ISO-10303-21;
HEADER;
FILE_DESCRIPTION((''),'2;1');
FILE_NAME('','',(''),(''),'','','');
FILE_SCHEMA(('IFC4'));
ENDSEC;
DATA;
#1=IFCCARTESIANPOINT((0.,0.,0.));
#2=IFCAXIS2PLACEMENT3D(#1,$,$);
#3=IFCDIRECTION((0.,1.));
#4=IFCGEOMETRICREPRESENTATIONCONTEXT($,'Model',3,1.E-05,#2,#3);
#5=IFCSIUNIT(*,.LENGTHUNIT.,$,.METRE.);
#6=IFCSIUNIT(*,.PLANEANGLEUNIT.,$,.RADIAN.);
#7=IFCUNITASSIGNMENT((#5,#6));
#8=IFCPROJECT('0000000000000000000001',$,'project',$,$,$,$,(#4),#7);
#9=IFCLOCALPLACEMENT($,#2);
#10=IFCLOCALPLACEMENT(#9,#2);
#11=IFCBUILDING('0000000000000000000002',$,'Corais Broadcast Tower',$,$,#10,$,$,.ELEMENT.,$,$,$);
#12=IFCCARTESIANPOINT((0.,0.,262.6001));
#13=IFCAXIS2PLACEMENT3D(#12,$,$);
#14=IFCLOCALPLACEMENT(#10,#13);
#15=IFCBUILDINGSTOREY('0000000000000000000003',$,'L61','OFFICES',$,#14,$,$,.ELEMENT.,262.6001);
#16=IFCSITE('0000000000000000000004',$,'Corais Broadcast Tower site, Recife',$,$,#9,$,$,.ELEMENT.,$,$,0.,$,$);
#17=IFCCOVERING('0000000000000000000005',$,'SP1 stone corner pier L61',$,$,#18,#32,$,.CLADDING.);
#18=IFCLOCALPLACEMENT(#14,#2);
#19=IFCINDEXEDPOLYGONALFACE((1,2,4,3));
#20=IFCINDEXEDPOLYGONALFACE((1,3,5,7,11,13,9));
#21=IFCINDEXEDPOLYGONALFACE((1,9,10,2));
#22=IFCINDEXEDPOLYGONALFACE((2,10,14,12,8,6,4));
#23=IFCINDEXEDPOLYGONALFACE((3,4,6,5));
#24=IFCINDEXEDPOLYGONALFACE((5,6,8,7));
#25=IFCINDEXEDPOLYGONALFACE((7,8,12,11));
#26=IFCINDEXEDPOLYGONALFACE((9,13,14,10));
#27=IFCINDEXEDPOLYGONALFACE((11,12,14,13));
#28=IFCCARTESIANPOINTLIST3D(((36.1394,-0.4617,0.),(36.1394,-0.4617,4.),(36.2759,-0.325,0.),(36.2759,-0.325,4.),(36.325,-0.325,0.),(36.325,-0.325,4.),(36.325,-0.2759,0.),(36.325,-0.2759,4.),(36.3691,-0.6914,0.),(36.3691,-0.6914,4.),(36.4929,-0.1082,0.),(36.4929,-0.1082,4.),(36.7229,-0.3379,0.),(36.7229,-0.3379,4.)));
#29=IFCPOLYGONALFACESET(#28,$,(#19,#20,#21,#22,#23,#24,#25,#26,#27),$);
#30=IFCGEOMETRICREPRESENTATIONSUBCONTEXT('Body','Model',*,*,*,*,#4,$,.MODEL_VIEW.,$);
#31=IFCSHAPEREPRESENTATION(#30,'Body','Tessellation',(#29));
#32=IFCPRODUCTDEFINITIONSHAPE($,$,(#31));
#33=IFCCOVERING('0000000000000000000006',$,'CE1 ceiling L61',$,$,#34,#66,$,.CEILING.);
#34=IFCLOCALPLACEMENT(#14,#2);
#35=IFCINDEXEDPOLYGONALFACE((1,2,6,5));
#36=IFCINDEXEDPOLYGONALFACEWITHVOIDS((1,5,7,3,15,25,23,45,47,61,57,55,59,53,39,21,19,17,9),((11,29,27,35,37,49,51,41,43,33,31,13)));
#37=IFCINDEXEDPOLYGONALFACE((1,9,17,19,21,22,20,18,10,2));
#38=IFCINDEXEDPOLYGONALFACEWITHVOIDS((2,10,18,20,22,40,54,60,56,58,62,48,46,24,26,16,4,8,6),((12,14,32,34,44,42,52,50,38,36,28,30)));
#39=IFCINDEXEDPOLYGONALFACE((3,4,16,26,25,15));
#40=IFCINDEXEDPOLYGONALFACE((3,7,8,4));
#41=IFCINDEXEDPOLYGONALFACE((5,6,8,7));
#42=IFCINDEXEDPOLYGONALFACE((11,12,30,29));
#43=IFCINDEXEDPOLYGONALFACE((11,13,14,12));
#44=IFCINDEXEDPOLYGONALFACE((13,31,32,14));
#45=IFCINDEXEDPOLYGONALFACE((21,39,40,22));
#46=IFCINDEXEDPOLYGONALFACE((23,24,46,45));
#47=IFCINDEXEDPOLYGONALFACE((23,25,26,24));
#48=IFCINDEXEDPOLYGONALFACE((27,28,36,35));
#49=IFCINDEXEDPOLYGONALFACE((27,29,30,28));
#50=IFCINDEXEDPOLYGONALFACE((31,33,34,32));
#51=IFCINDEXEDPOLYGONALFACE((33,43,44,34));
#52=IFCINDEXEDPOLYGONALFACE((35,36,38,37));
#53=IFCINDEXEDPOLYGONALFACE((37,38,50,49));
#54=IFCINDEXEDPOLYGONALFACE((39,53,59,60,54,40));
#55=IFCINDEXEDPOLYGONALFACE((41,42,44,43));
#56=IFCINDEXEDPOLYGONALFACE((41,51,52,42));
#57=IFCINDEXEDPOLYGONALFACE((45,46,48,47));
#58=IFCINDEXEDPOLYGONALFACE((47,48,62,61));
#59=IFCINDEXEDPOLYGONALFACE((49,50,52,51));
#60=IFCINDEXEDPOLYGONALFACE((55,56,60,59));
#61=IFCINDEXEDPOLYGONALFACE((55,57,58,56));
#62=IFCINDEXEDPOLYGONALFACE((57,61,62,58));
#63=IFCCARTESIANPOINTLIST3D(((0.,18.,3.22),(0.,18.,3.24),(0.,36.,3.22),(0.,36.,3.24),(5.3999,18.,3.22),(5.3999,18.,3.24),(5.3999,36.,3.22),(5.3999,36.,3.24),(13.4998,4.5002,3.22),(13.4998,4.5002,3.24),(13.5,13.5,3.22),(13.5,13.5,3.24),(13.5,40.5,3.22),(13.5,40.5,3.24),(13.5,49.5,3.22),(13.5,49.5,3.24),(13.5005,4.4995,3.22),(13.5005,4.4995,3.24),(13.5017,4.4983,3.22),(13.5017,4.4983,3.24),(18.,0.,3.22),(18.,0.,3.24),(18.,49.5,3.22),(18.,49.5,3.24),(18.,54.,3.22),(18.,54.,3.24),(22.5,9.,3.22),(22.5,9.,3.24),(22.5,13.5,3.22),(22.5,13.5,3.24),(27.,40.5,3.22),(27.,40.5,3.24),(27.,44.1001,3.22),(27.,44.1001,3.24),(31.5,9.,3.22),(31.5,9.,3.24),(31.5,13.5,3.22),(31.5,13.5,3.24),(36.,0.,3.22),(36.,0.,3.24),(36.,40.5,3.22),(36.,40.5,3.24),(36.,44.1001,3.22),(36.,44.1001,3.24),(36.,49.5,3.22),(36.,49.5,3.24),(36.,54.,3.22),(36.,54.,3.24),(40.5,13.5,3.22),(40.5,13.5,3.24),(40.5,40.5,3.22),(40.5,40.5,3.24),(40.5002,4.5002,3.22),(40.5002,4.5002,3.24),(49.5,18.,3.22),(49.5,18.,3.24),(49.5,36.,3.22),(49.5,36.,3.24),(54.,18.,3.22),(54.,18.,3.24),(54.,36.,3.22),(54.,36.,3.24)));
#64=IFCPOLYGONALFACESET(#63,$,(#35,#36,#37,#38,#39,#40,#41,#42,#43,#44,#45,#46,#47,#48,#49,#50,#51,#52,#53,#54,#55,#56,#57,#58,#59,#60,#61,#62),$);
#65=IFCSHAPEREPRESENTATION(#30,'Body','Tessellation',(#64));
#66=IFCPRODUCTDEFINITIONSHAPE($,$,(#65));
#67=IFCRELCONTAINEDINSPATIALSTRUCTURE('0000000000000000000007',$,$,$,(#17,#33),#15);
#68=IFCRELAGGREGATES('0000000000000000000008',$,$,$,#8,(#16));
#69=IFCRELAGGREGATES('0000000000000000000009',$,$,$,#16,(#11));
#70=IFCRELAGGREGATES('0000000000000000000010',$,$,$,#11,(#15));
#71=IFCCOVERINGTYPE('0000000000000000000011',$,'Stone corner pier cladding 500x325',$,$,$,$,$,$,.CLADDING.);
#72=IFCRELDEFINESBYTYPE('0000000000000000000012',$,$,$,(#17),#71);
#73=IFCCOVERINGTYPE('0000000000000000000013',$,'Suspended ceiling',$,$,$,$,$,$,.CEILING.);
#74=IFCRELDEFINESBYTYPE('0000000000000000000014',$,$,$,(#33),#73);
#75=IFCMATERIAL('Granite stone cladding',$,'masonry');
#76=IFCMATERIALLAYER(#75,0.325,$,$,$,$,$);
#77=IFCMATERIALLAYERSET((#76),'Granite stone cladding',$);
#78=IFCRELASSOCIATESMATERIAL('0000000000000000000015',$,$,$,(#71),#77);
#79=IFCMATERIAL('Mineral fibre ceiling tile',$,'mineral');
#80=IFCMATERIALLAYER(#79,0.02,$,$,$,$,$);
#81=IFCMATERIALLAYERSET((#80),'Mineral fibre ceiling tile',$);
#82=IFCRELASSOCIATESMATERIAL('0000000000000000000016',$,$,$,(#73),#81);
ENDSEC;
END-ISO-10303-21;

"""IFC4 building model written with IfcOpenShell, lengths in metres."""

from ifc_helpers import new_model, si_unit, direction, frame, origin, place, context, subcontext, project, spatial, polyline, outline, extrude, material, layer, layer_set, type_object, element, save


model = new_model("IFC4")

# Units and contexts
model_context = context("Model", 3, precision=1e-05, world=origin(), true_north=direction((0.0, 1.0)))
body_context = subcontext(model_context, "Body", "Model", "MODEL_VIEW")
ifc_project = project(units=[si_unit("LENGTHUNIT", "METRE"), si_unit("PLANEANGLEUNIT", "RADIAN")], contexts=[model_context])

# Site, building, storey
site_placement = place(None, origin())
site = spatial("IfcSite", under=ifc_project, at=site_placement, Name="Corais Broadcast Tower site, Recife", CompositionType="ELEMENT", RefElevation=0.0)
building_placement = place(site_placement, origin())
building = spatial("IfcBuilding", under=site, at=building_placement, Name="Corais Broadcast Tower", CompositionType="ELEMENT")
storey_placement = place(building_placement, frame((0.0, 0.0, 262.6001)))
storey = spatial("IfcBuildingStorey", under=building, at=storey_placement, Name="L61", Description="OFFICES", CompositionType="ELEMENT", Elevation=262.6001)

# Coverings
ifc_material_1 = material(Name="Granite stone cladding", Category="masonry")
ifc_layer_1 = layer(ifc_material_1, 0.325)
ifc_layer_set_1 = layer_set([ifc_layer_1], Name="Granite stone cladding")
covering_type_1 = type_object("IfcCoveringType", Name="Stone corner pier cladding 500x325", PredefinedType="CLADDING", material=ifc_layer_set_1)
covering_1_placement = place(storey_placement, origin())
element("IfcCovering", 1, at=covering_1_placement, inside=storey, type_object=covering_type_1, Name="SP1 stone corner pier L61", PredefinedType="CLADDING", context=body_context, shape_type="SweptSolid", body=[
    extrude(outline(polyline([(36.2759, -0.325), (36.1394, -0.4617), (36.3691, -0.6914), (36.7229, -0.3379), (36.4929, -0.1082), (36.325, -0.2759), (36.325, -0.325), (36.2759, -0.325)])), origin(), (0.0, 0.0, 1.0), 4.0),
])
ifc_material_2 = material(Name="Mineral fibre ceiling tile", Category="mineral")
ifc_layer_2 = layer(ifc_material_2, 0.02)
ifc_layer_set_2 = layer_set([ifc_layer_2], Name="Mineral fibre ceiling tile")
covering_type_2 = type_object("IfcCoveringType", Name="Suspended ceiling", PredefinedType="CEILING", material=ifc_layer_set_2)
covering_2_placement = place(storey_placement, frame((0.0, 0.0, 3.22)))
element("IfcCovering", 2, at=covering_2_placement, inside=storey, type_object=covering_type_2, Name="CE1 ceiling L61", PredefinedType="CEILING", context=body_context, shape_type="SweptSolid", body=[
    extrude(outline(polyline([(13.5, 49.5), (18.0, 54.0), (18.0, 49.5), (36.0, 49.5), (36.0, 54.0), (54.0, 36.0), (49.5, 36.0), (49.5, 18.0), (54.0, 18.0), (40.5002, 4.5002), (36.0, 0.0), (18.0, 0.0), (13.5017, 4.4983), (13.5005, 4.4995), (13.4998, 4.5002), (0.0, 18.0), (5.3999, 18.0), (5.3999, 36.0), (0.0, 36.0), (13.5, 49.5)]), holes=[polyline([(36.0, 40.5), (36.0, 44.1001), (27.0, 44.1001), (27.0, 40.5), (13.5, 40.5), (13.5, 13.5), (22.5, 13.5), (22.5, 9.0), (31.5, 9.0), (31.5, 13.5), (40.5, 13.5), (40.5, 40.5), (36.0, 40.5)])]), origin(), (0.0, 0.0, 1.0), 0.02),
])

save(model, "model.ifc")
